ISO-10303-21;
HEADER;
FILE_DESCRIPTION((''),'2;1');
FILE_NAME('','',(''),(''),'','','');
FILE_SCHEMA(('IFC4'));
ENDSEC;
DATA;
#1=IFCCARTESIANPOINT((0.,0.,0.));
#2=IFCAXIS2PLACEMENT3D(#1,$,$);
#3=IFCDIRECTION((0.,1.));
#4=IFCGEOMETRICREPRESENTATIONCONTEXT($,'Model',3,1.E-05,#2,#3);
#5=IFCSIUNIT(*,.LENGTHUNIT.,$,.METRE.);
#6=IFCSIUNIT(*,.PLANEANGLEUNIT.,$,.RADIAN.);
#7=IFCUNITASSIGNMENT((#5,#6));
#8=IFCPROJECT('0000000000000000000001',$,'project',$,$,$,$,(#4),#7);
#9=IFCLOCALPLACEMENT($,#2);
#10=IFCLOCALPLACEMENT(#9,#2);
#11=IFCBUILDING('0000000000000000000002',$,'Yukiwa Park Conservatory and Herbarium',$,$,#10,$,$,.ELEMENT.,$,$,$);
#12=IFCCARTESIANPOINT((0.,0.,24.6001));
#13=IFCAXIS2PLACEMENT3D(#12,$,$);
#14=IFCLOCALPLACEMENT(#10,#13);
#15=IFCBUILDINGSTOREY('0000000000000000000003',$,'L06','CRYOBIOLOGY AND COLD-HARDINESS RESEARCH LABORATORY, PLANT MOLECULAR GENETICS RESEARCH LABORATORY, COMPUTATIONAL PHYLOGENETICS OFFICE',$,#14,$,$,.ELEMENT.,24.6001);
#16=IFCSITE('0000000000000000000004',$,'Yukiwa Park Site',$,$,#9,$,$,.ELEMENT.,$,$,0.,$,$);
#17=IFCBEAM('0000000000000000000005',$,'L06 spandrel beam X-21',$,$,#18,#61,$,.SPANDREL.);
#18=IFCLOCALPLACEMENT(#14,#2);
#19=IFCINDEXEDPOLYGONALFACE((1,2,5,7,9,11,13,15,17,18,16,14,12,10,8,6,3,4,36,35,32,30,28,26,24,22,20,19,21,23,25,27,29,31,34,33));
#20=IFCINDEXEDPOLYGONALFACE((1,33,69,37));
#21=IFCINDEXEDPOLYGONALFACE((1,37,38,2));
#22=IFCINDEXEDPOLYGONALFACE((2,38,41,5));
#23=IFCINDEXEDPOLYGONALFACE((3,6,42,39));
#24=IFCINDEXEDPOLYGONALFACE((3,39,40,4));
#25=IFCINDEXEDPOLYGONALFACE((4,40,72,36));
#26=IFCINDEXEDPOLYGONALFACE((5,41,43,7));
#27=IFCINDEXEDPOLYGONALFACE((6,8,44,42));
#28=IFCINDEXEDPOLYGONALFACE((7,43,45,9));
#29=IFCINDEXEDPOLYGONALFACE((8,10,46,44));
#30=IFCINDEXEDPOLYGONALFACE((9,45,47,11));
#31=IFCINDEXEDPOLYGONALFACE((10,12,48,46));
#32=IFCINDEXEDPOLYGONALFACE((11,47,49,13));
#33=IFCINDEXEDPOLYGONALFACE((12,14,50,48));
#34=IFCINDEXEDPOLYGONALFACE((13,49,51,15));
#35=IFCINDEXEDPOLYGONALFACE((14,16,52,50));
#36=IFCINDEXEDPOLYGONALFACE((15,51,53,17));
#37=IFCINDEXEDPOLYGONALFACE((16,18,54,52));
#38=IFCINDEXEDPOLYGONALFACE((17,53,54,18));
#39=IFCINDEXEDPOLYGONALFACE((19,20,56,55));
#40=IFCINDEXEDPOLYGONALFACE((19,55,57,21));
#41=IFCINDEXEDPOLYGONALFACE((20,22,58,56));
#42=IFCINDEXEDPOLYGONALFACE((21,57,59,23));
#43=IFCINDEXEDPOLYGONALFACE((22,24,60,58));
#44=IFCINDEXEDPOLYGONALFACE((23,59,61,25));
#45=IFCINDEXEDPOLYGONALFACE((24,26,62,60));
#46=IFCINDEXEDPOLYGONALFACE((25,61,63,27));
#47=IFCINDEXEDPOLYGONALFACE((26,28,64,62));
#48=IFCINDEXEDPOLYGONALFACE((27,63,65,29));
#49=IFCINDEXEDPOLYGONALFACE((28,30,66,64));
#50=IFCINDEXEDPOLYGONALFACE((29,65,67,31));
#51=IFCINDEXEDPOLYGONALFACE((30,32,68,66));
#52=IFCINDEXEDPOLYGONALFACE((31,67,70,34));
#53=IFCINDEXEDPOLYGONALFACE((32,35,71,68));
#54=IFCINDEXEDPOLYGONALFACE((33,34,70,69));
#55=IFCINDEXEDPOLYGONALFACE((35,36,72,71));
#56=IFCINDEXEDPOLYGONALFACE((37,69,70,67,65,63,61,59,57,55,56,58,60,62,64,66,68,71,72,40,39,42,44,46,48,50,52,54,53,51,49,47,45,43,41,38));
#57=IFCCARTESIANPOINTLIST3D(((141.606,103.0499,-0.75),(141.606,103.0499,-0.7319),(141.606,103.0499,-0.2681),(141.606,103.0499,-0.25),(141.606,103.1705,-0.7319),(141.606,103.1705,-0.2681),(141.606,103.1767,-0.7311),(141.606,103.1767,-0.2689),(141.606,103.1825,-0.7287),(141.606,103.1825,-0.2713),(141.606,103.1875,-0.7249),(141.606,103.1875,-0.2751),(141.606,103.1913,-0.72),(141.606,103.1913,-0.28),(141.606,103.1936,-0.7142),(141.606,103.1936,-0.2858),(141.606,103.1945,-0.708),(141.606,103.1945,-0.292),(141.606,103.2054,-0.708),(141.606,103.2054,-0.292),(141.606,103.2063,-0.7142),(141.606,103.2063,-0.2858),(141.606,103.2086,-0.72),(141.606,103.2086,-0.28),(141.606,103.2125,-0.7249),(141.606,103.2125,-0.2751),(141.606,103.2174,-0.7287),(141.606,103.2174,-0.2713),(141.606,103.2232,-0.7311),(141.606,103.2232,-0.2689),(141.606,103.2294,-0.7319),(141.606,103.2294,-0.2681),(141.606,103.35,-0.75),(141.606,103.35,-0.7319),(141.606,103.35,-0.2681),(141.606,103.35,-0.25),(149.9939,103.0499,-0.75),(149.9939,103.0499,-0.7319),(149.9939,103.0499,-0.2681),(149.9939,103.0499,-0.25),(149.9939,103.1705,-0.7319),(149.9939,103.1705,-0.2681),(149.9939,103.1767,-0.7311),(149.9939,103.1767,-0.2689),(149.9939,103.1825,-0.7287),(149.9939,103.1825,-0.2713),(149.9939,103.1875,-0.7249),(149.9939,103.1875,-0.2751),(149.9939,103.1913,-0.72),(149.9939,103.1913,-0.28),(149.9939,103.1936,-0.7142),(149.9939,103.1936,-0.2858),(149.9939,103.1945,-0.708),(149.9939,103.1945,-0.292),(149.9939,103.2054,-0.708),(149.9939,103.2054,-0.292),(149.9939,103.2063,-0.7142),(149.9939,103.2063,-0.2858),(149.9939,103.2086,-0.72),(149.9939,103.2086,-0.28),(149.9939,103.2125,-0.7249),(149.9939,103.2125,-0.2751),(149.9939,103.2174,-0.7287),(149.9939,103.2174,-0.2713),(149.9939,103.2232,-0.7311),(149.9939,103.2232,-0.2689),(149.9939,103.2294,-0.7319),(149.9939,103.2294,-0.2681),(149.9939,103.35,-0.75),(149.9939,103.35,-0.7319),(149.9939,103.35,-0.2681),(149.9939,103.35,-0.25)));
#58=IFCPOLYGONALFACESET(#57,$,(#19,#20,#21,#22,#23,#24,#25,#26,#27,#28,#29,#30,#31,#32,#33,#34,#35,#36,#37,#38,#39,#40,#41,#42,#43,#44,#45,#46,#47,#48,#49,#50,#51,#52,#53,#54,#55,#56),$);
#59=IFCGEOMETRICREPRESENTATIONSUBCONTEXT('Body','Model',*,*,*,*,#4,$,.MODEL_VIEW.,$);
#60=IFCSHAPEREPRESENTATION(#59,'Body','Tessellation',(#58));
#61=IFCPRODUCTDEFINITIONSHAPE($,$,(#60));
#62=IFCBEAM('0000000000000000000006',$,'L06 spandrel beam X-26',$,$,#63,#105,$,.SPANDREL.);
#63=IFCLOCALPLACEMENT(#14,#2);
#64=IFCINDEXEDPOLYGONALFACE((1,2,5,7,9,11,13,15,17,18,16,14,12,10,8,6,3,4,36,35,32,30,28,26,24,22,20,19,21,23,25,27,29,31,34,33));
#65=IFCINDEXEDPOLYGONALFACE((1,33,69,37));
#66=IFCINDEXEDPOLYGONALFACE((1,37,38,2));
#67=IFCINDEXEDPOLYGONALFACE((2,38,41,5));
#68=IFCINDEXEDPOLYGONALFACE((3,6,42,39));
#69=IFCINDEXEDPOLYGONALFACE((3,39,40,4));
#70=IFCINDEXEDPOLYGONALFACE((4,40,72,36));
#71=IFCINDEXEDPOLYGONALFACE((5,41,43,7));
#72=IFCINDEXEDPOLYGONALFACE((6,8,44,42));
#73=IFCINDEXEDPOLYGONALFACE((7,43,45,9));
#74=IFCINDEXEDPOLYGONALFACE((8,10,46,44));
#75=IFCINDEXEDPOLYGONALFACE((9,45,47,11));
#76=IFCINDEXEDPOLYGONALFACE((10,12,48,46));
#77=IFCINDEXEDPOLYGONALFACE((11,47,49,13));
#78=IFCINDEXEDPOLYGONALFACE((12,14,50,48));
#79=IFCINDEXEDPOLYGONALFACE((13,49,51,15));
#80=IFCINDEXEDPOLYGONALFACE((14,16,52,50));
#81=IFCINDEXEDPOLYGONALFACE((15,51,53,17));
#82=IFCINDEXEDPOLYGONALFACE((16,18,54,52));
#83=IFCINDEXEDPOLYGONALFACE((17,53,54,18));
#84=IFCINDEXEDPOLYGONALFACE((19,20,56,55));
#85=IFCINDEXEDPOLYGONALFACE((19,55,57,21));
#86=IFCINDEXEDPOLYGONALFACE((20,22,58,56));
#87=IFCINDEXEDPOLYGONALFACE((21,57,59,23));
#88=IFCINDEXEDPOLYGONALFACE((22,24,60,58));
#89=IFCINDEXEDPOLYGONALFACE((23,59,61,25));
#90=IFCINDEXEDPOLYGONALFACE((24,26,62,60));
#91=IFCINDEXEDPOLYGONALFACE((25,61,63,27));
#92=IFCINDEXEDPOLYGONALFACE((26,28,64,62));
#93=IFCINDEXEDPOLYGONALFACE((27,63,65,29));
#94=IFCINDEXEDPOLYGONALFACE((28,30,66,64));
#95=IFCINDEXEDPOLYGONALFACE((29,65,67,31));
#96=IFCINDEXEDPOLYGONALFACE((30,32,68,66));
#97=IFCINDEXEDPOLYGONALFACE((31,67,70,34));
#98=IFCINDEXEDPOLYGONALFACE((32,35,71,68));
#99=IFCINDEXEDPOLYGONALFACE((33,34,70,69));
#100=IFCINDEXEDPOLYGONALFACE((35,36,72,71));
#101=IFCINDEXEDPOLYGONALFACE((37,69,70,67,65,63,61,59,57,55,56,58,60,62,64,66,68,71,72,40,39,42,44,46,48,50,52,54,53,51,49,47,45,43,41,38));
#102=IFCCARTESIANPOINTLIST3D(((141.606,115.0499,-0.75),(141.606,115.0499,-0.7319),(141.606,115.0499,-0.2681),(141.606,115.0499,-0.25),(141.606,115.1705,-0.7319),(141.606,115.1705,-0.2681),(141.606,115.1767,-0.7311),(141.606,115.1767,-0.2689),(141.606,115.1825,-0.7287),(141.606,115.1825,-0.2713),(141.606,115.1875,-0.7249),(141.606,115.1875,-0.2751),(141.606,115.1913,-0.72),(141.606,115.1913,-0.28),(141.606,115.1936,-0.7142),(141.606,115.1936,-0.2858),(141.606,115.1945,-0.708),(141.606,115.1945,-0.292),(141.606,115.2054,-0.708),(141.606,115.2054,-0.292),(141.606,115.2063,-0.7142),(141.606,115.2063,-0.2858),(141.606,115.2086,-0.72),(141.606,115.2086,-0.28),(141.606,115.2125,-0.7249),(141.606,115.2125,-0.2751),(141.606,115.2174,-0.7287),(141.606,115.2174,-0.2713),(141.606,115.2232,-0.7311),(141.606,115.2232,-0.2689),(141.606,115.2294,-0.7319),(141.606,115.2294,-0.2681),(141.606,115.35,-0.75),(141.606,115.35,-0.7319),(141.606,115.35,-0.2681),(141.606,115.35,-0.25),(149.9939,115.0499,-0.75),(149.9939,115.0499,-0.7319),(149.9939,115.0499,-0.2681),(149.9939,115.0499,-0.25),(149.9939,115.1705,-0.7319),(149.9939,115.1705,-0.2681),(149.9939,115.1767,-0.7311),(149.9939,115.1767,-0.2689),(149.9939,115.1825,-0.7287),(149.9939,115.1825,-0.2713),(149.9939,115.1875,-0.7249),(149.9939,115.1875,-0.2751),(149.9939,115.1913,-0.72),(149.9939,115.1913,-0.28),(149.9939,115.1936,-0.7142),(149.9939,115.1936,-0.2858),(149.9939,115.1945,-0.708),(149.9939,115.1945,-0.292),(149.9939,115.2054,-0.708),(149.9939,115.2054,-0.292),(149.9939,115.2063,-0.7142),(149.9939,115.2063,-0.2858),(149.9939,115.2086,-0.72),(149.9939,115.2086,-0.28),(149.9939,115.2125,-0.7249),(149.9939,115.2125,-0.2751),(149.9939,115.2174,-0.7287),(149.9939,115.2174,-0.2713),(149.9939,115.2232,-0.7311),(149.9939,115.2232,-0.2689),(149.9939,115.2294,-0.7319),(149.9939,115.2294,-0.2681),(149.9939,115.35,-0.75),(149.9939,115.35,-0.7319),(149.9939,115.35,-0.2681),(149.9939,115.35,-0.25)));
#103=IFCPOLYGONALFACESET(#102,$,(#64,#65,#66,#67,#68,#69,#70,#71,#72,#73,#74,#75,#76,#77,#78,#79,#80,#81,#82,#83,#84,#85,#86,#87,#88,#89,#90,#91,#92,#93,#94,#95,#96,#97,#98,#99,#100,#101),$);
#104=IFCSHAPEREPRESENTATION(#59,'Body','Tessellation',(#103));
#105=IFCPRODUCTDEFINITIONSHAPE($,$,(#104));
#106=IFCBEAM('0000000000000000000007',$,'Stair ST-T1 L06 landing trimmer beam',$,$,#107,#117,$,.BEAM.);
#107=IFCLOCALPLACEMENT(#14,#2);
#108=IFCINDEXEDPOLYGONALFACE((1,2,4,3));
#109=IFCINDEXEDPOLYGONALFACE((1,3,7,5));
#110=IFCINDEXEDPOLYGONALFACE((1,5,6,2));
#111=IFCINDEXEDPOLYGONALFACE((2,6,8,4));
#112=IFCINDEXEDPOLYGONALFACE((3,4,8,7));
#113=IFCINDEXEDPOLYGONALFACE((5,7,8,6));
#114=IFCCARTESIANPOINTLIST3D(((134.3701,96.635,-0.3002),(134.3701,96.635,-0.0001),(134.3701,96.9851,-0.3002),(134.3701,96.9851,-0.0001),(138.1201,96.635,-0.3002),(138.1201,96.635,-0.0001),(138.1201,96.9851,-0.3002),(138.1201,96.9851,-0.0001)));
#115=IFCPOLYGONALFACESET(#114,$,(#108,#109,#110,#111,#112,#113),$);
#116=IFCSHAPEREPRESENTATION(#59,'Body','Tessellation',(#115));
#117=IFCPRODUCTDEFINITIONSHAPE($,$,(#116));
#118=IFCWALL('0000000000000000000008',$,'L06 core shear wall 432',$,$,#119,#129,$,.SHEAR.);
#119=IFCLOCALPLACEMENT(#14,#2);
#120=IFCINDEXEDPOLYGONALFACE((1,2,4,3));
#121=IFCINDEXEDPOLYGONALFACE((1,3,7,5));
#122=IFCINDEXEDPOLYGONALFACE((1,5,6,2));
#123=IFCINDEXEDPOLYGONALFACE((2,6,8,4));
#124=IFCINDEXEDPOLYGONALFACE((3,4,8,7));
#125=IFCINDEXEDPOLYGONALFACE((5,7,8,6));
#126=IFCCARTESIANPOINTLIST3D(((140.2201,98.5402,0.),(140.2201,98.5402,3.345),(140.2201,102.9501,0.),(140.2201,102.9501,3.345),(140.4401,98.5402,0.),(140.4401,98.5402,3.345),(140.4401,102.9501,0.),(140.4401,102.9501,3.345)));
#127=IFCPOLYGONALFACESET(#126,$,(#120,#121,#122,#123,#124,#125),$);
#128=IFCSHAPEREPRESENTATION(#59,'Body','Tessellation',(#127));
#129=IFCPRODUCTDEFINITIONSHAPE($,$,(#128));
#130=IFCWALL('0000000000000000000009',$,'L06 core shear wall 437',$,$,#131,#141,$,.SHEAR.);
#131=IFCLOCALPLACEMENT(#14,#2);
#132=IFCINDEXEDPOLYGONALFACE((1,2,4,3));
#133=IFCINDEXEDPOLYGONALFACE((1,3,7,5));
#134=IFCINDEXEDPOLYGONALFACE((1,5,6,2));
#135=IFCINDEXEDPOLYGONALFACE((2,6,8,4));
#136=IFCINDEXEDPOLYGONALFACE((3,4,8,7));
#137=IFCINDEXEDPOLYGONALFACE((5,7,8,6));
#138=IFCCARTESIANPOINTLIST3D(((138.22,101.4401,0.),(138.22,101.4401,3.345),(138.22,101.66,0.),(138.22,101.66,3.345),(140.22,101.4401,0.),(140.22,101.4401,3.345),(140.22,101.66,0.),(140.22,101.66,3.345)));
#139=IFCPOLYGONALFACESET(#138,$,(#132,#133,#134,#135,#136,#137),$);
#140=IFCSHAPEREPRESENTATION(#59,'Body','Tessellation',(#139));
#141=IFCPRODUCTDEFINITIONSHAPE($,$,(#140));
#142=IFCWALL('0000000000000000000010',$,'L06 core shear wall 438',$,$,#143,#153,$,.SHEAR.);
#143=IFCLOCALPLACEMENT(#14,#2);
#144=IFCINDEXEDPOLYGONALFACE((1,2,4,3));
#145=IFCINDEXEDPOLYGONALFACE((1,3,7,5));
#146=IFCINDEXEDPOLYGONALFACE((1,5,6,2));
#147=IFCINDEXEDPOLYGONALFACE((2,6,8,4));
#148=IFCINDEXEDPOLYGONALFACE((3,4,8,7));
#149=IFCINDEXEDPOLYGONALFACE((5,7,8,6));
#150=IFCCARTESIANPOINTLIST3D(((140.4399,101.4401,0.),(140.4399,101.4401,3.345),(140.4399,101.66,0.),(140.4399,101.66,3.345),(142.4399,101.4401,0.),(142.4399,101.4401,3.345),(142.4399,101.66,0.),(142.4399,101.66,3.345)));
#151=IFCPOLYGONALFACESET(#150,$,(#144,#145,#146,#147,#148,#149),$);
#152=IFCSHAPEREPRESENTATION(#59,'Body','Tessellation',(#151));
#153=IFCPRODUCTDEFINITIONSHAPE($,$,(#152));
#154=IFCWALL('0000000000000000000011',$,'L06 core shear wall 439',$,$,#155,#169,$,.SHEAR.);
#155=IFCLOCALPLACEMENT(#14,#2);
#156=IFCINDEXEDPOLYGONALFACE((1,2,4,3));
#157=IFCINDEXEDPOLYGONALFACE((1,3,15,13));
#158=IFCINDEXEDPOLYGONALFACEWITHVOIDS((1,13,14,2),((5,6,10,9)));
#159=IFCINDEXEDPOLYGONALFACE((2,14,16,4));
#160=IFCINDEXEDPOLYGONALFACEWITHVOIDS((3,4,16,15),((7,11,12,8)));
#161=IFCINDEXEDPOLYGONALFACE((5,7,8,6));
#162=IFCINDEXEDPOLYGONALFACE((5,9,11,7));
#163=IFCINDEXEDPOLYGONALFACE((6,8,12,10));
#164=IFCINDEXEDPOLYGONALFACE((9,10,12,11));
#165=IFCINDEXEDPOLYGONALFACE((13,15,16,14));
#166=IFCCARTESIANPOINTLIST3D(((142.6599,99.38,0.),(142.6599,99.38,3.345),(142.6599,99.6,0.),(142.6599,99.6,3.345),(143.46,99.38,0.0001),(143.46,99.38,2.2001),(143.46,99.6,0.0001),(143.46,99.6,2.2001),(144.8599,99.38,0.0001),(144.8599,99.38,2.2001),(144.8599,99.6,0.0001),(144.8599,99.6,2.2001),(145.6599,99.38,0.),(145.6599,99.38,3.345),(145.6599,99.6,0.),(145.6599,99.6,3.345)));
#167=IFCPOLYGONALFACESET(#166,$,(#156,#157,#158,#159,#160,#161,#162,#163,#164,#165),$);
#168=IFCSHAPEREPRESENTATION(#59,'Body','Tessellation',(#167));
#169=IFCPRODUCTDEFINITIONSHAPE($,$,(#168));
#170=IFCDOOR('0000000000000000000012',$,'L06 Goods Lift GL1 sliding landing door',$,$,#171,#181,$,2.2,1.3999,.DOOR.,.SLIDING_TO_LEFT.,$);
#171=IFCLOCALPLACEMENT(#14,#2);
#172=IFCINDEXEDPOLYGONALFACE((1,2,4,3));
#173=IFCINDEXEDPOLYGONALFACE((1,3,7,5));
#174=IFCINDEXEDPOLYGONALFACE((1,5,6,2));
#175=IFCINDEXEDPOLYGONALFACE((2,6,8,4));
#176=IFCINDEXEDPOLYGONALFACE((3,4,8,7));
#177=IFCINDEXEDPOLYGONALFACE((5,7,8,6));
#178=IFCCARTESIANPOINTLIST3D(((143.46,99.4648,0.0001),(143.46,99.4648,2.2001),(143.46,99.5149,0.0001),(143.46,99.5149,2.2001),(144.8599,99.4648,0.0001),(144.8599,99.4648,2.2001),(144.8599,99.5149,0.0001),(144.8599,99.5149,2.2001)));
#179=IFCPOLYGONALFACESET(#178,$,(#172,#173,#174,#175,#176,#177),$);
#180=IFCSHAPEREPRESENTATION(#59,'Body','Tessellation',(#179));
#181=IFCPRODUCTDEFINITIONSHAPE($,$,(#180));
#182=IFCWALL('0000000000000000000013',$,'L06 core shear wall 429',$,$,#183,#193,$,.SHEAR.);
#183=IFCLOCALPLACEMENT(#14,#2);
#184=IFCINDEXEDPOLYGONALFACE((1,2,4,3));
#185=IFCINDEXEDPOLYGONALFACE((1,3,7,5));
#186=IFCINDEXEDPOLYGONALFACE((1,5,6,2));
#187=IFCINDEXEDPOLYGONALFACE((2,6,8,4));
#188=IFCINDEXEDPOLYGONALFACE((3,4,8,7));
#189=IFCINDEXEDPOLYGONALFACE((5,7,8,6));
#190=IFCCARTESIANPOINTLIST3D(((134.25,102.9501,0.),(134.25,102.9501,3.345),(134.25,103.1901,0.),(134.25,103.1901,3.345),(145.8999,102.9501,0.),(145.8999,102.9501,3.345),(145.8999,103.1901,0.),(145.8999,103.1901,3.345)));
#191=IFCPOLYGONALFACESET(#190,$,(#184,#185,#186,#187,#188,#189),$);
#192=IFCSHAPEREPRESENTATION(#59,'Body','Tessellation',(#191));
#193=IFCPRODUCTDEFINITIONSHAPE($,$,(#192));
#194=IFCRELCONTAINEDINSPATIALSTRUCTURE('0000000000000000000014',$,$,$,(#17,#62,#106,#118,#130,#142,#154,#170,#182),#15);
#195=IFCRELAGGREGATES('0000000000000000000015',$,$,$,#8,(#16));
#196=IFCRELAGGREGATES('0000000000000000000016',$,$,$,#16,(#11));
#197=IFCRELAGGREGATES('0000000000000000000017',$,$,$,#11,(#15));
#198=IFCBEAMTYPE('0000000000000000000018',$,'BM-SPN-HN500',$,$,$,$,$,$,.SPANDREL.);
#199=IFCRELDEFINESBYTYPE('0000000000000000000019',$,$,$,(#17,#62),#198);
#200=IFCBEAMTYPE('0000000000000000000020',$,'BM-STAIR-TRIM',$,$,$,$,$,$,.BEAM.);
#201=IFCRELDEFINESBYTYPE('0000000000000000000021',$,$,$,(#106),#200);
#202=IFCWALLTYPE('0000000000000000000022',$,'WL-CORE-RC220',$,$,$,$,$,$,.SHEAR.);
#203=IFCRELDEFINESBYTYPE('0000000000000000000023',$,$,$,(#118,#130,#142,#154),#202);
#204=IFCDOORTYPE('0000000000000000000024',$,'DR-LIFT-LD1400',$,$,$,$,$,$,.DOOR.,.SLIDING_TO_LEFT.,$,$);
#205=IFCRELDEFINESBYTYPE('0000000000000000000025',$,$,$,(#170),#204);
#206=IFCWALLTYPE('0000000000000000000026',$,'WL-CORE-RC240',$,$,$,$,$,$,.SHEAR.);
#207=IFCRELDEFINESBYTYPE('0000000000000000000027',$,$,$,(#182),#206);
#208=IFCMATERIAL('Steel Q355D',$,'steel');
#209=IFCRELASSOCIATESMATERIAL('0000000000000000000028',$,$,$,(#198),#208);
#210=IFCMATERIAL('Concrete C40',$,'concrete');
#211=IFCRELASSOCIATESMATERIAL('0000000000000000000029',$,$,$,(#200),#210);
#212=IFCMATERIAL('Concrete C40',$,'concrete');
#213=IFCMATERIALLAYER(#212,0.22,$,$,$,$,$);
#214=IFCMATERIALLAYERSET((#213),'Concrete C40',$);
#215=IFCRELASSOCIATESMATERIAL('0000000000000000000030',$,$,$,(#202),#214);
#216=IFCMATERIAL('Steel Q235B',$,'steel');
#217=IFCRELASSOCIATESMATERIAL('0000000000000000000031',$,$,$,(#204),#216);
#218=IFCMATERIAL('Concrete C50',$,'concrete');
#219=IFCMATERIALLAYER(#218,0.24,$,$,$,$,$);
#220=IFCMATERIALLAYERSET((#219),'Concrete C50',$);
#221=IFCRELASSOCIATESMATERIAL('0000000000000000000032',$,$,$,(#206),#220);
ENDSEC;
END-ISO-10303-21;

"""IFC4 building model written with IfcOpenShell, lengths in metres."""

from ifc_helpers import new_model, si_unit, direction, frame, frame_2d, origin, origin_2d, place, context, subcontext, project, spatial, rectangle, i_section, extrude, material, layer, layer_set, material_profile, profile_set, type_object, element, fill, save


model = new_model("IFC4")

# Units and contexts
model_context = context("Model", 3, precision=1e-05, world=origin(), true_north=direction((0.0, 1.0)))
body_context = subcontext(model_context, "Body", "Model", "MODEL_VIEW")
ifc_project = project(units=[si_unit("LENGTHUNIT", "METRE"), si_unit("PLANEANGLEUNIT", "RADIAN")], contexts=[model_context])

# Site, building, storey
site_placement = place(None, origin())
site = spatial("IfcSite", under=ifc_project, at=site_placement, Name="Yukiwa Park Site", CompositionType="ELEMENT", RefElevation=0.0)
building_placement = place(site_placement, origin())
building = spatial("IfcBuilding", under=site, at=building_placement, Name="Yukiwa Park Conservatory and Herbarium", CompositionType="ELEMENT")
storey_placement = place(building_placement, frame((0.0, 0.0, 24.6001)))
storey = spatial("IfcBuildingStorey", under=building, at=storey_placement, Name="L06", Description="CRYOBIOLOGY AND COLD-HARDINESS RESEARCH LABORATORY, PLANT MOLECULAR GENETICS RESEARCH LABORATORY, COMPUTATIONAL PHYLOGENETICS OFFICE", CompositionType="ELEMENT", Elevation=24.6001)

# Beams
ifc_material_1 = material(Name="Steel Q355D", Category="steel")
ifc_material_profile_1 = material_profile(ifc_material_1, i_section(OverallWidth=0.3, OverallDepth=0.5, WebThickness=0.011, FlangeThickness=0.0181, FilletRadius=0.0239, at=origin_2d()), Name="HM 500x300x11x18")
ifc_profile_set_1 = profile_set([ifc_material_profile_1], Name="Steel Q355D")
beam_type_1 = type_object("IfcBeamType", Name="BM-SPN-HN500", PredefinedType="SPANDREL", material=ifc_profile_set_1)
for number, where, z_axis, x_axis, name in (
    (1, (141.606, 103.2, -0.5), (1.0, 0.0, 0.0), (0.0, 1.0, 0.0), "L06 spandrel beam X-21"),
    (2, (141.606, 115.2, -0.5), (1.0, 0.0, 0.0), (0.0, 1.0, 0.0), "L06 spandrel beam X-26"),
):
    element("IfcBeam", number, at=place(storey_placement, frame(where, z_axis=z_axis, x_axis=x_axis)), inside=storey, type_object=beam_type_1, Name=name, PredefinedType="SPANDREL", context=body_context, shape_type="SweptSolid", body=[
        extrude(i_section(OverallWidth=0.3, OverallDepth=0.5, WebThickness=0.011, FlangeThickness=0.0181, FilletRadius=0.0239, at=origin_2d()), origin(), (0.0, 0.0, 1.0), 8.3879),
    ])
ifc_material_2 = material(Name="Concrete C40", Category="concrete")
ifc_material_profile_2 = material_profile(ifc_material_2, rectangle(XDim=0.3501, YDim=0.3, at=origin_2d()), Name="RC 350x300")
ifc_profile_set_2 = profile_set([ifc_material_profile_2], Name="Concrete C40")
beam_type_2 = type_object("IfcBeamType", Name="BM-STAIR-TRIM", PredefinedType="BEAM", material=ifc_profile_set_2)
beam_1_placement = place(storey_placement, frame((134.3701, 96.8101, -0.1501), z_axis=(1.0, 0.0, 0.0), x_axis=(0.0, 1.0, 0.0)))
element("IfcBeam", 3, at=beam_1_placement, inside=storey, type_object=beam_type_2, Name="Stair ST-T1 L06 landing trimmer beam", PredefinedType="BEAM", context=body_context, shape_type="SweptSolid", body=[
    extrude(rectangle(XDim=0.3501, YDim=0.3, at=origin_2d()), origin(), (0.0, 0.0, 1.0), 3.75),
])

# Wall
ifc_material_3 = material(Name="Concrete C40", Category="concrete")
ifc_layer_1 = layer(ifc_material_3, 0.22)
ifc_layer_set_1 = layer_set([ifc_layer_1], Name="Concrete C40")
wall_type_1 = type_object("IfcWallType", Name="WL-CORE-RC220", PredefinedType="SHEAR", material=ifc_layer_set_1)
wall_1_placement = place(storey_placement, frame((140.3301, 98.54, 0.0), z_axis=(0.0, 0.0, 1.0), x_axis=(0.0, 1.0, 0.0)))
element("IfcWall", 4, at=wall_1_placement, inside=storey, type_object=wall_type_1, Name="L06 core shear wall 432", PredefinedType="SHEAR", context=body_context, shape_type="SweptSolid", body=[
    extrude(rectangle(XDim=4.4099, YDim=0.22, at=frame_2d((2.2051, 0.0))), origin(), (0.0, 0.0, 1.0), 3.345),
])

# Walls
for number, where, z_axis, x_axis, name in (
    (5, (138.22, 101.55, 0.0), (0.0, 0.0, 1.0), (1.0, 0.0, 0.0), "L06 core shear wall 437"),
    (6, (140.4399, 101.55, 0.0), (0.0, 0.0, 1.0), (1.0, 0.0, 0.0), "L06 core shear wall 438"),
):
    element("IfcWall", number, at=place(storey_placement, frame(where, z_axis=z_axis, x_axis=x_axis)), inside=storey, type_object=wall_type_1, Name=name, PredefinedType="SHEAR", context=body_context, shape_type="SweptSolid", body=[
        extrude(rectangle(XDim=2.0, YDim=0.22, at=frame_2d((1.0, 0.0))), origin(), (0.0, 0.0, 1.0), 3.345),
    ])

# Wall, opening, door
wall_2_placement = place(storey_placement, frame((142.6599, 99.49, 0.0), z_axis=(0.0, 0.0, 1.0), x_axis=(1.0, 0.0, 0.0)))
wall_2 = element("IfcWall", 7, at=wall_2_placement, inside=storey, type_object=wall_type_1, Name="L06 core shear wall 439", PredefinedType="SHEAR", context=body_context, shape_type="SweptSolid", body=[
    extrude(rectangle(XDim=3.0, YDim=0.22, at=frame_2d((1.5, 0.0))), origin(), (0.0, 0.0, 1.0), 3.345),
])
opening_1_placement = place(wall_2_placement, frame((0.8, 0.0, 0.0)))
opening_1 = element("IfcOpeningElement", 8, at=opening_1_placement, cuts=wall_2, PredefinedType="OPENING", context=body_context, shape_type="SweptSolid", body=[
    extrude(rectangle(XDim=1.3999, YDim=2.2, at=frame_2d((0.7, 1.1001))), frame((0.0, 0.1201, 0.0), z_axis=(0.0, -1.0, 0.0), x_axis=(1.0, 0.0, 0.0)), (0.0, 0.0, 1.0), 0.24),
])
ifc_material_4 = material(Name="Steel Q235B", Category="steel")
door_type_1 = type_object("IfcDoorType", Name="DR-LIFT-LD1400", OperationType="SLIDING_TO_LEFT", PredefinedType="DOOR", material=ifc_material_4)
door_1_placement = place(opening_1_placement, origin())
door_1 = element("IfcDoor", 9, at=door_1_placement, inside=storey, type_object=door_type_1, Name="L06 Goods Lift GL1 sliding landing door", OperationType="SLIDING_TO_LEFT", OverallHeight=2.2, OverallWidth=1.3999, PredefinedType="DOOR", context=body_context, shape_type="SweptSolid", body=[
    extrude(rectangle(XDim=1.3999, YDim=2.2, at=frame_2d((0.7, 1.1001))), frame((0.0, 0.0249, 0.0), z_axis=(0.0, -1.0, 0.0), x_axis=(1.0, 0.0, 0.0)), (0.0, 0.0, 1.0), 0.05),
])
fill(opening_1, door_1)

# Wall
ifc_material_5 = material(Name="Concrete C50", Category="concrete")
ifc_layer_2 = layer(ifc_material_5, 0.24)
ifc_layer_set_2 = layer_set([ifc_layer_2], Name="Concrete C50")
wall_type_2 = type_object("IfcWallType", Name="WL-CORE-RC240", PredefinedType="SHEAR", material=ifc_layer_set_2)
wall_3_placement = place(storey_placement, frame((134.25, 103.0701, 0.0), z_axis=(0.0, 0.0, 1.0), x_axis=(1.0, 0.0, 0.0)))
element("IfcWall", 10, at=wall_3_placement, inside=storey, type_object=wall_type_2, Name="L06 core shear wall 429", PredefinedType="SHEAR", context=body_context, shape_type="SweptSolid", body=[
    extrude(rectangle(XDim=11.6499, YDim=0.24, at=frame_2d((5.825, 0.0))), origin(), (0.0, 0.0, 1.0), 3.345),
])

save(model, "model.ifc")
